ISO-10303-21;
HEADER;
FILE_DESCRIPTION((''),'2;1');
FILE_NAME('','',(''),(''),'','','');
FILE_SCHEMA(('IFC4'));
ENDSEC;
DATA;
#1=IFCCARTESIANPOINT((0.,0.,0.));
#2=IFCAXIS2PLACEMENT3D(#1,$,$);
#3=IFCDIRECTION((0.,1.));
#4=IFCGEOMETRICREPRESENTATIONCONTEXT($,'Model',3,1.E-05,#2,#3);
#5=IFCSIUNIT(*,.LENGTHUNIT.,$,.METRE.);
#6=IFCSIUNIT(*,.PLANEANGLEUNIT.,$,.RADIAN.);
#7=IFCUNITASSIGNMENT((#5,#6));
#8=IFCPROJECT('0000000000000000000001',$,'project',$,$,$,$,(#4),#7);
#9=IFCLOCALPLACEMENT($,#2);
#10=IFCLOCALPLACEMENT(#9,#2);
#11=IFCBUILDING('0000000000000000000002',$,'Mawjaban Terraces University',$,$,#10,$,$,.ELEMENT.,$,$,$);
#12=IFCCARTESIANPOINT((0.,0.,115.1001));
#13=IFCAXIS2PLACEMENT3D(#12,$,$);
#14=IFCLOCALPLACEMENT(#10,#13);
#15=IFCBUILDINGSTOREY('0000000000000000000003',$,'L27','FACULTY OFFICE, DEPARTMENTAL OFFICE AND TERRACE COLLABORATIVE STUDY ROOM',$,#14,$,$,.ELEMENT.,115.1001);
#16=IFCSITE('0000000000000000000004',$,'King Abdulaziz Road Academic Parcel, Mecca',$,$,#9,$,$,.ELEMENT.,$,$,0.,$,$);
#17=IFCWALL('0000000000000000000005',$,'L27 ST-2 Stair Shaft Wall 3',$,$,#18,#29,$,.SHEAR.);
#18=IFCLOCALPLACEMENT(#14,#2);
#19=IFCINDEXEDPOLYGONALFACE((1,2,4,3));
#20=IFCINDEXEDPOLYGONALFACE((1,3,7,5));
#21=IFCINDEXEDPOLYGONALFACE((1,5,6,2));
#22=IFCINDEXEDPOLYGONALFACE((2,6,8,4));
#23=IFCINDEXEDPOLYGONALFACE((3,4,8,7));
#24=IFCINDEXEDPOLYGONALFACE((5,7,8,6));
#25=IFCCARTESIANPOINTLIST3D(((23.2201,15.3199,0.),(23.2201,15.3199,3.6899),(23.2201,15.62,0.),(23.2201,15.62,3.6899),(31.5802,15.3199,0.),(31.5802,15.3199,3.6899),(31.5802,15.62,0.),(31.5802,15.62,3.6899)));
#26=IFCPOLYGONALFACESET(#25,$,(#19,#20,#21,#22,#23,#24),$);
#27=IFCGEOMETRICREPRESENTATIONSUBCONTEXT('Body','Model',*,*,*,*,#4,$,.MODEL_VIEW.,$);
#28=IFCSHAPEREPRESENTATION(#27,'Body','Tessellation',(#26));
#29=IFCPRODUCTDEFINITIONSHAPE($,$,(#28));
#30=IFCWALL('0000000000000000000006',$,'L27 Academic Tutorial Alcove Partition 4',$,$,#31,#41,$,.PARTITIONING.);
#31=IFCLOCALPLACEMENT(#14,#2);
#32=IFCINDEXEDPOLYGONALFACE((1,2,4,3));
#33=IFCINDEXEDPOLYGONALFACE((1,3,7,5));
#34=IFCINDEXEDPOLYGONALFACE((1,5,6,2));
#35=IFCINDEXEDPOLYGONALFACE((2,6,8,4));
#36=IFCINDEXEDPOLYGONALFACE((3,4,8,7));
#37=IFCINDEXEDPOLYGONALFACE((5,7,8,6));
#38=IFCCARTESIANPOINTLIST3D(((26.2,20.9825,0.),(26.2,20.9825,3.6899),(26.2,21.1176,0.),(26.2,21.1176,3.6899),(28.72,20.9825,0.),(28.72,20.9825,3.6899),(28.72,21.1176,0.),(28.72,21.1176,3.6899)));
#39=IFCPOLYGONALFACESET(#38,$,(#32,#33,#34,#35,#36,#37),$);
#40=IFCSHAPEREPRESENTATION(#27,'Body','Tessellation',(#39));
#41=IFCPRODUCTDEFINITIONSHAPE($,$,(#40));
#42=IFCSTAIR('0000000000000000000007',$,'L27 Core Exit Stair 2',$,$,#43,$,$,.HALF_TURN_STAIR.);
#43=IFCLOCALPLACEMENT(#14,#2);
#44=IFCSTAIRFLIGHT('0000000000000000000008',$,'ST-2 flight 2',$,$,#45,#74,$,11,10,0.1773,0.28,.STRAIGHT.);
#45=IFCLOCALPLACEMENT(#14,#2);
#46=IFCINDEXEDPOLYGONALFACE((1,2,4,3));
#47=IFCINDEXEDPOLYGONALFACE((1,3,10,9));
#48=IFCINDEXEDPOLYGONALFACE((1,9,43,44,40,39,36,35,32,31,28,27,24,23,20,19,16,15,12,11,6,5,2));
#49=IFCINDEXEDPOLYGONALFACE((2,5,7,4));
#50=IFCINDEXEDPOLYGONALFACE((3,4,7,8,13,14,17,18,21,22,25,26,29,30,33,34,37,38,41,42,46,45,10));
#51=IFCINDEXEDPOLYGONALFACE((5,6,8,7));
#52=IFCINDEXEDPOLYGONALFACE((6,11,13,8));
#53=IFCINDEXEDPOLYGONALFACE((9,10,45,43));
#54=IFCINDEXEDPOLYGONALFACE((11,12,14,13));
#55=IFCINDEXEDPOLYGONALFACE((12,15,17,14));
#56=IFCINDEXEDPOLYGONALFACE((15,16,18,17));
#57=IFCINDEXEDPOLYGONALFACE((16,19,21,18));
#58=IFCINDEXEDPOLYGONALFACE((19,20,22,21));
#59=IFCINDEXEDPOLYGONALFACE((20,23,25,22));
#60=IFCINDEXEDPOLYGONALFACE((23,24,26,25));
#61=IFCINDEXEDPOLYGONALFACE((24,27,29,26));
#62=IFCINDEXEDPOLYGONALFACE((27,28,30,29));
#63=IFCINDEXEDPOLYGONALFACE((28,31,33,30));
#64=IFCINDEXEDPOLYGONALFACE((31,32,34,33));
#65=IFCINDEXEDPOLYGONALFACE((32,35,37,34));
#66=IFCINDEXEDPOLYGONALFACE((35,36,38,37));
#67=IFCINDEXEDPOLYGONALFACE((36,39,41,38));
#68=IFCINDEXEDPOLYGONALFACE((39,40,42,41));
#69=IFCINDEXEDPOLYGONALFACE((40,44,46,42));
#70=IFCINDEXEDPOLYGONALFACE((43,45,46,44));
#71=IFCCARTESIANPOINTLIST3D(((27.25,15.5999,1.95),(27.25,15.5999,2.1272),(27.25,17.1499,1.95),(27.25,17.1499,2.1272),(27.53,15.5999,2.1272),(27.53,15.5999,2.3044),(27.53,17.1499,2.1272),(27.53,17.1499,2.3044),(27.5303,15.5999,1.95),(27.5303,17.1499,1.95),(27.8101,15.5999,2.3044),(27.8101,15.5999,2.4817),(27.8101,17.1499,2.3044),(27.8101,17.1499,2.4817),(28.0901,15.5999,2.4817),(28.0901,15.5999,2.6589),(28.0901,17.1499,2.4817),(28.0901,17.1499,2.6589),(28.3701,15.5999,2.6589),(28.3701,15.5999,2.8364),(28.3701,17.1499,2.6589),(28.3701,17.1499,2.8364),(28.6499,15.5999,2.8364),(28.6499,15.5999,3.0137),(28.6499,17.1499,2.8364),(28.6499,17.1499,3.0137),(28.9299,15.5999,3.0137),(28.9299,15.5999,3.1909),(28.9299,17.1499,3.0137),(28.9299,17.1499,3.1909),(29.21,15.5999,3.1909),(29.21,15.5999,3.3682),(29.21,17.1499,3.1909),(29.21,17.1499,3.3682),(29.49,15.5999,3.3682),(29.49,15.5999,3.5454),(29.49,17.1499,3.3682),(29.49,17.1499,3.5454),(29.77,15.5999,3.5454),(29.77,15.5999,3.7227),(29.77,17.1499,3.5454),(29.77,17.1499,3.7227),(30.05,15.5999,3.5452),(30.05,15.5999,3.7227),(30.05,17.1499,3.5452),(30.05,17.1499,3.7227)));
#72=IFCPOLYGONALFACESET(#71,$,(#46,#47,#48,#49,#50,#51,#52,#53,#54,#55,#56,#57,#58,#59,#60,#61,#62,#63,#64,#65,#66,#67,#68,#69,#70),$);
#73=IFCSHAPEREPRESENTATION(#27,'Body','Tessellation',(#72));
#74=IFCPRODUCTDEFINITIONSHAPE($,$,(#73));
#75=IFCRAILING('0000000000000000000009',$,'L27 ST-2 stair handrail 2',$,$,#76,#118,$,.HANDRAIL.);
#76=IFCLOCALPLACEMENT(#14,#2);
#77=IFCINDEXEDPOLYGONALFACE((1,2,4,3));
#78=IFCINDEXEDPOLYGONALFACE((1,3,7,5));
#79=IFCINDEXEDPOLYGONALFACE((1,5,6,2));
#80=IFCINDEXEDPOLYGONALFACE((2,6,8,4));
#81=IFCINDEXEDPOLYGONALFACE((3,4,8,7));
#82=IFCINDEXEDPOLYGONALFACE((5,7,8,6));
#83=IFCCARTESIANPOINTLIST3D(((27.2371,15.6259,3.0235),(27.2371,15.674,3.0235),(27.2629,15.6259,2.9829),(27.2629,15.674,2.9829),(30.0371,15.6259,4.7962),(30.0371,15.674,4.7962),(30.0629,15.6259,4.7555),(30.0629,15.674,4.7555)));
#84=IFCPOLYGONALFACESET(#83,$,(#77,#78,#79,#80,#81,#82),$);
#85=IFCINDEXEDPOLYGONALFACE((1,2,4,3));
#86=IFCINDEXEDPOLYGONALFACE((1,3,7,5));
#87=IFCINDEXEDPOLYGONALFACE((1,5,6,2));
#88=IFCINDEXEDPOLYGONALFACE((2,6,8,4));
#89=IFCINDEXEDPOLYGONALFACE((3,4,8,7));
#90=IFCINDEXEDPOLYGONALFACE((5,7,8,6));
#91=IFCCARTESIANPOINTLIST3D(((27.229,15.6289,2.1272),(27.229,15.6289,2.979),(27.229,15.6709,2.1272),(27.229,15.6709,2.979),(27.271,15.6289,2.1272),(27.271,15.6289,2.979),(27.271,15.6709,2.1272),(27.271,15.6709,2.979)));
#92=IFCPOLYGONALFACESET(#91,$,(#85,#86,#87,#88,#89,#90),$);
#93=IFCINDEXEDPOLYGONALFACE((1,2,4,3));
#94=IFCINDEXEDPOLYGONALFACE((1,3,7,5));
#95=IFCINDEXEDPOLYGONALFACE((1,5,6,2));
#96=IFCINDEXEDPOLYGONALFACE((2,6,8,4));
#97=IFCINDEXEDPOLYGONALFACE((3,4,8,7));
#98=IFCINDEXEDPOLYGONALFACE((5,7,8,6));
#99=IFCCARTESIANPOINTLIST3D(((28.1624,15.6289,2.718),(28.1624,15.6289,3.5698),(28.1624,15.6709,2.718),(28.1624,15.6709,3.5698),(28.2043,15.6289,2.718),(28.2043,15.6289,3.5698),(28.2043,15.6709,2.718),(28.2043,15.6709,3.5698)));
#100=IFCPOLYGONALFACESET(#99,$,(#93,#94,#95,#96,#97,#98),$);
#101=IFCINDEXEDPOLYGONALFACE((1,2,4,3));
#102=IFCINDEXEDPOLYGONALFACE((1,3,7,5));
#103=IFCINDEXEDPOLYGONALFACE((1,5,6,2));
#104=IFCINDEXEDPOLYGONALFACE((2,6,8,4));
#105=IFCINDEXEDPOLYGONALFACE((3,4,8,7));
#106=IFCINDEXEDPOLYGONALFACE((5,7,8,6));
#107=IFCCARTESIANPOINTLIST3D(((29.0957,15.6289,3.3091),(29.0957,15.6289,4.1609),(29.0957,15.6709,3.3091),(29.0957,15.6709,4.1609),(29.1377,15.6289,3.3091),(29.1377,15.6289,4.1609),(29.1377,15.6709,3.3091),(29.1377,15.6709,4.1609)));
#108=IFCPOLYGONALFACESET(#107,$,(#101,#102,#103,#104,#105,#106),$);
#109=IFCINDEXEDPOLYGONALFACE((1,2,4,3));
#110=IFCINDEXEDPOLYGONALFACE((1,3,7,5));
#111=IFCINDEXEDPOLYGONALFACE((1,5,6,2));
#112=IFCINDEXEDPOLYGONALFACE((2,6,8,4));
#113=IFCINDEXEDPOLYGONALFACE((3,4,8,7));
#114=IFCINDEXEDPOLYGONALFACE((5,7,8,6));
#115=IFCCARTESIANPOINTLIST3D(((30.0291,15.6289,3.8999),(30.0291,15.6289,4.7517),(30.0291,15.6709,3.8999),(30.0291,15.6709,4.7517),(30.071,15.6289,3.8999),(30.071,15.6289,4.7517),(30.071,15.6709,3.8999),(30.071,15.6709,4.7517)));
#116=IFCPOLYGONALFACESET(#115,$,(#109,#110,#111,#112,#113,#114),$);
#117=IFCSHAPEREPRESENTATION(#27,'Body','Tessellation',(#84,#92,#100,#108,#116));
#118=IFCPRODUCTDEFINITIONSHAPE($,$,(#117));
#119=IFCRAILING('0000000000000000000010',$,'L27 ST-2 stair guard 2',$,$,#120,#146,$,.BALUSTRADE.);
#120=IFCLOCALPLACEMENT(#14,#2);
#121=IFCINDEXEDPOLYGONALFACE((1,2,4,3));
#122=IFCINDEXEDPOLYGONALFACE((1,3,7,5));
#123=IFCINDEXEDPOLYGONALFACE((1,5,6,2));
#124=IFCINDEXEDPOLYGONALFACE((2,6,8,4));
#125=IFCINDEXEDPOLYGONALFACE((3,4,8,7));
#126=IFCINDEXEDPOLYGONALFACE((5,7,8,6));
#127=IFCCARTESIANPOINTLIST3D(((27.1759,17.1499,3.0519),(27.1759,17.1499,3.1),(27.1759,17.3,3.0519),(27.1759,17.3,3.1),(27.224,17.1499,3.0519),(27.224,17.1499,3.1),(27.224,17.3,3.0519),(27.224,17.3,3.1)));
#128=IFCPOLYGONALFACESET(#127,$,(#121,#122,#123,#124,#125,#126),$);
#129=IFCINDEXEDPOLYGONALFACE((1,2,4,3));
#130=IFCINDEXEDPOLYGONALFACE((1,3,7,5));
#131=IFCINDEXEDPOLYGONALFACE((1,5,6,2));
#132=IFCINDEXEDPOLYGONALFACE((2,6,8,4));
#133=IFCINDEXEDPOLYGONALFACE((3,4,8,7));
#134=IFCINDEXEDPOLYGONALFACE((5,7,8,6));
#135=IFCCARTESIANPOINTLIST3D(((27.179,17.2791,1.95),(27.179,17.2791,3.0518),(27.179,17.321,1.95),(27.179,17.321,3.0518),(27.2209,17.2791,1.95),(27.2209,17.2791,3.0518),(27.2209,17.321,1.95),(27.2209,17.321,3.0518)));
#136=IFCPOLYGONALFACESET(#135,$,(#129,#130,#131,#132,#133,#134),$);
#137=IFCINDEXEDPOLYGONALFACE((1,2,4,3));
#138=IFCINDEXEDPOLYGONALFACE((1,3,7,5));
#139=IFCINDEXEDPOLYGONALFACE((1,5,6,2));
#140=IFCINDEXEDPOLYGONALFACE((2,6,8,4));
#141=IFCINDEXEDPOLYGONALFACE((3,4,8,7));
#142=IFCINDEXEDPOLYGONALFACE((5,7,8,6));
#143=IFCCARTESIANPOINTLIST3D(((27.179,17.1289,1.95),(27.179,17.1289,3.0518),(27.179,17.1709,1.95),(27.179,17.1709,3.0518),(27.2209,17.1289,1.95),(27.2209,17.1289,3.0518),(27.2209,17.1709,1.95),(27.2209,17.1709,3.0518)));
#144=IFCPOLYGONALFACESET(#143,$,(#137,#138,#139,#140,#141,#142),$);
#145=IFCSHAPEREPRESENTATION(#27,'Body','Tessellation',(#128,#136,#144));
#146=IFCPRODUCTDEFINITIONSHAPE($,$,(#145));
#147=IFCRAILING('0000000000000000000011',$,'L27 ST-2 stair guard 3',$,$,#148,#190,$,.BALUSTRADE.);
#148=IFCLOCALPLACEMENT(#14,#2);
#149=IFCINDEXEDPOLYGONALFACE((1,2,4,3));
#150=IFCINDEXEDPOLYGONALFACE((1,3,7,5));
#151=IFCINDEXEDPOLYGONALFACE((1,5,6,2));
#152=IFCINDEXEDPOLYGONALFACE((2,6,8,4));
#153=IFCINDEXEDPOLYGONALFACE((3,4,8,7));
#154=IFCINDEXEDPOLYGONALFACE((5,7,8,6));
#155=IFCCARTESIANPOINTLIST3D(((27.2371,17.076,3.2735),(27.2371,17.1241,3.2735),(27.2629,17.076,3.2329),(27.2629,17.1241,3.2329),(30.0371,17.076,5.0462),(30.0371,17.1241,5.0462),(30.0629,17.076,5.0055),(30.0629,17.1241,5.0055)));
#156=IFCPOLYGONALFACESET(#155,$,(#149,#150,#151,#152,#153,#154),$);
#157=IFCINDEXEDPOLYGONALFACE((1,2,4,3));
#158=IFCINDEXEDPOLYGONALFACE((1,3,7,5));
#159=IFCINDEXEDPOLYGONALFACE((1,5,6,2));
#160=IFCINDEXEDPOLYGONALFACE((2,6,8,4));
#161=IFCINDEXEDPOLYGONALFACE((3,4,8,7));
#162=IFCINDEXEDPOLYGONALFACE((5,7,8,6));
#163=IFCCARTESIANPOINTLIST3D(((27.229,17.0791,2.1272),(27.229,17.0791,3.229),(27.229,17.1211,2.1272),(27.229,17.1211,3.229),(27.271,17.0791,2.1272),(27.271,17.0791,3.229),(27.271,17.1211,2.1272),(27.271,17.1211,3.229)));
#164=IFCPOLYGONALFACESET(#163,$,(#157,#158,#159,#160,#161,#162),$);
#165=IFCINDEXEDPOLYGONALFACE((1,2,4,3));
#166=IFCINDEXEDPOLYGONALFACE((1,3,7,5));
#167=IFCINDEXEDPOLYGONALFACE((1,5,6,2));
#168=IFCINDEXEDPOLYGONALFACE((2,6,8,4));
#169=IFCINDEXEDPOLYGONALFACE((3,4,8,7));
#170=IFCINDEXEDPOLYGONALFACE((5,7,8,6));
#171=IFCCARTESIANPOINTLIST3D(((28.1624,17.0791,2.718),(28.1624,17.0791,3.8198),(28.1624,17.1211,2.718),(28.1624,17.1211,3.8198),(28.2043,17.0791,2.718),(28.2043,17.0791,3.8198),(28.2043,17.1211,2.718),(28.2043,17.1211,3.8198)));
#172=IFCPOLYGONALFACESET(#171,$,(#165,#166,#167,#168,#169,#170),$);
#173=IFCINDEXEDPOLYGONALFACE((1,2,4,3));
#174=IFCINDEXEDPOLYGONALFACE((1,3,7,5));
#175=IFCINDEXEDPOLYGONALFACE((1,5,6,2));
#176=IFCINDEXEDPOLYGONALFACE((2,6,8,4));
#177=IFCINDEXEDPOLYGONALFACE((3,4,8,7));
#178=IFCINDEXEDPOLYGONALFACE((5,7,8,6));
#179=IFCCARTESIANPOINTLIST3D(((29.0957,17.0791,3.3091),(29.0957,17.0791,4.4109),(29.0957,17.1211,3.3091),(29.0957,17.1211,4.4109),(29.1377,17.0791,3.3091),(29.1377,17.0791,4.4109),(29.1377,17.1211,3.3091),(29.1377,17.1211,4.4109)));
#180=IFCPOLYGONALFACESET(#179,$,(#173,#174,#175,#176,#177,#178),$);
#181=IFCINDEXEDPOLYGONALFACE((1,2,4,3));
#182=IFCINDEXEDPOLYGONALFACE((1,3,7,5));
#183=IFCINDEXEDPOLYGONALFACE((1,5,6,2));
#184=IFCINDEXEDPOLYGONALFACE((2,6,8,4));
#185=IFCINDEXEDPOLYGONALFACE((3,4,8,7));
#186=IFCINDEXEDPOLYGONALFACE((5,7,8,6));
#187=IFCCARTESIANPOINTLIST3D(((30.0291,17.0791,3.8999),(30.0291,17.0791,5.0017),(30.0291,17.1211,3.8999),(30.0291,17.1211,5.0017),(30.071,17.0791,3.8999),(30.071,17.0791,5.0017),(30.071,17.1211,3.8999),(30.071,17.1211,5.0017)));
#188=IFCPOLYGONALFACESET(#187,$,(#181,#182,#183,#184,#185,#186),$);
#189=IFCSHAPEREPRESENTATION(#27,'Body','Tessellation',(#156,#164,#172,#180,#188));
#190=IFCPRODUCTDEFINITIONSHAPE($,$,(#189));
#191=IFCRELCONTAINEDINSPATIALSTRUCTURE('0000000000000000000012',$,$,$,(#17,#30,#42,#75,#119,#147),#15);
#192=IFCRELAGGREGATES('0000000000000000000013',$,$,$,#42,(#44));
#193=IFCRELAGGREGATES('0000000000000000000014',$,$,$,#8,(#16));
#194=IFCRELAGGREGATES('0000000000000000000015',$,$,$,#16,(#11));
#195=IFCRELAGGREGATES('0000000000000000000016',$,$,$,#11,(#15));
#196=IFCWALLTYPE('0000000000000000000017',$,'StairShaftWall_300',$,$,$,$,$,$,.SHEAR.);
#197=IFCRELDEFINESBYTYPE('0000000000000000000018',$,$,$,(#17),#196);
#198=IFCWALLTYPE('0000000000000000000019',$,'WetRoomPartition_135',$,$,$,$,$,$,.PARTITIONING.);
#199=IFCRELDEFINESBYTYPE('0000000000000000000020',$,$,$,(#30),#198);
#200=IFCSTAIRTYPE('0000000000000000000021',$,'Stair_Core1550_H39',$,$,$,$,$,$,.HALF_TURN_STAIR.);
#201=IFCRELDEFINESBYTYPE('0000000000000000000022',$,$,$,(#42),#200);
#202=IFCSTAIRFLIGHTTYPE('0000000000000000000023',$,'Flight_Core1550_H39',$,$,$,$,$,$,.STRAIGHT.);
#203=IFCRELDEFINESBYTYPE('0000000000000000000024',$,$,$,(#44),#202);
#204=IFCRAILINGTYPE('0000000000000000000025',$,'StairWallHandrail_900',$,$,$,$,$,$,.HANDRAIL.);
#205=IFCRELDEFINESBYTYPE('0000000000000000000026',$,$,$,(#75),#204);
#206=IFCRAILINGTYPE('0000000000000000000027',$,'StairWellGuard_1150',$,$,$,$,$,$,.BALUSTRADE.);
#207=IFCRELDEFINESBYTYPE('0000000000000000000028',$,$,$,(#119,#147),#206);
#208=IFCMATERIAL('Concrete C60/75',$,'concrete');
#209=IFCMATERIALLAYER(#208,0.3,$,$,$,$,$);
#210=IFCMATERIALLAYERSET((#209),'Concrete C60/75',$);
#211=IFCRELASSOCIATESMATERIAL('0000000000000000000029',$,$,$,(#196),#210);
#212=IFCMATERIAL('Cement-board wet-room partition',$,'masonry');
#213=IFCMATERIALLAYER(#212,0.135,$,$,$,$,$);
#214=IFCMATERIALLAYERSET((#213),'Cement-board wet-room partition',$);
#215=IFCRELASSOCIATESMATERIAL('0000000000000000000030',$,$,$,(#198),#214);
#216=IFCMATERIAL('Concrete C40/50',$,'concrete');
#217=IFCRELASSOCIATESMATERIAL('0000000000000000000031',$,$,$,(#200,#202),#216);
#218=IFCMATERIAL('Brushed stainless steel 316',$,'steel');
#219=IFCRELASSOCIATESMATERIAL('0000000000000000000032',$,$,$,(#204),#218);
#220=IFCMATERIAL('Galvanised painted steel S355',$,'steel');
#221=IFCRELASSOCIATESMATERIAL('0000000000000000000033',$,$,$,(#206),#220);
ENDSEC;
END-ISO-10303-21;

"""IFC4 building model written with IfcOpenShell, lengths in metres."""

from ifc_helpers import new_model, si_unit, direction, frame, frame_2d, origin, origin_2d, place, context, subcontext, project, spatial, polyline, rectangle, outline, extrude, material, layer, layer_set, type_object, element, aggregate, save


model = new_model("IFC4")

# Units and contexts
model_context = context("Model", 3, precision=1e-05, world=origin(), true_north=direction((0.0, 1.0)))
body_context = subcontext(model_context, "Body", "Model", "MODEL_VIEW")
ifc_project = project(units=[si_unit("LENGTHUNIT", "METRE"), si_unit("PLANEANGLEUNIT", "RADIAN")], contexts=[model_context])

# Site, building, storey
site_placement = place(None, origin())
site = spatial("IfcSite", under=ifc_project, at=site_placement, Name="King Abdulaziz Road Academic Parcel, Mecca", CompositionType="ELEMENT", RefElevation=0.0)
building_placement = place(site_placement, origin())
building = spatial("IfcBuilding", under=site, at=building_placement, Name="Mawjaban Terraces University", CompositionType="ELEMENT")
storey_placement = place(building_placement, frame((0.0, 0.0, 115.1001)))
storey = spatial("IfcBuildingStorey", under=building, at=storey_placement, Name="L27", Description="FACULTY OFFICE, DEPARTMENTAL OFFICE AND TERRACE COLLABORATIVE STUDY ROOM", CompositionType="ELEMENT", Elevation=115.1001)

# Shared definitions
ifc_material_1 = material(Name="Concrete C60/75", Category="concrete")

# Walls
ifc_material_2 = material(Name="Concrete C40/50", Category="concrete")
ifc_layer_1 = layer(ifc_material_1, 0.3)
ifc_layer_set_1 = layer_set([ifc_layer_1], Name="Concrete C60/75")
wall_type_1 = type_object("IfcWallType", Name="StairShaftWall_300", PredefinedType="SHEAR", material=ifc_layer_set_1)
wall_1_placement = place(storey_placement, frame((23.22, 15.47, 0.0), z_axis=(0.0, 0.0, 1.0), x_axis=(1.0, 0.0, 0.0)))
element("IfcWall", 1, at=wall_1_placement, inside=storey, type_object=wall_type_1, Name="L27 ST-2 Stair Shaft Wall 3", PredefinedType="SHEAR", context=body_context, shape_type="SweptSolid", body=[
    extrude(rectangle(XDim=8.3601, YDim=0.3, at=frame_2d((4.1802, 0.0))), origin(), (0.0, 0.0, 1.0), 3.6899),
])
ifc_material_3 = material(Name="Cement-board wet-room partition", Category="masonry")
ifc_layer_2 = layer(ifc_material_3, 0.135)
ifc_layer_set_2 = layer_set([ifc_layer_2], Name="Cement-board wet-room partition")
wall_type_2 = type_object("IfcWallType", Name="WetRoomPartition_135", PredefinedType="PARTITIONING", material=ifc_layer_set_2)
wall_2_placement = place(storey_placement, frame((26.2, 21.05, 0.0), z_axis=(0.0, 0.0, 1.0), x_axis=(1.0, 0.0, 0.0)))
element("IfcWall", 2, at=wall_2_placement, inside=storey, type_object=wall_type_2, Name="L27 Academic Tutorial Alcove Partition 4", PredefinedType="PARTITIONING", context=body_context, shape_type="SweptSolid", body=[
    extrude(rectangle(XDim=2.52, YDim=0.135, at=frame_2d((1.26, 0.0))), origin(), (0.0, 0.0, 1.0), 3.6899),
])

# Stair, stair flight
stair_type = type_object("IfcStairType", Name="Stair_Core1550_H39", PredefinedType="HALF_TURN_STAIR", material=ifc_material_2)
stair_placement = place(storey_placement, origin())
stair = element("IfcStair", 3, at=stair_placement, inside=storey, type_object=stair_type, Name="L27 Core Exit Stair 2", PredefinedType="HALF_TURN_STAIR")
stair_flight_type = type_object("IfcStairFlightType", Name="Flight_Core1550_H39", PredefinedType="STRAIGHT", material=ifc_material_2)
stair_flight_placement = place(storey_placement, frame((27.25, 16.375, 1.95), z_axis=(0.0, 0.0, 1.0), x_axis=(1.0, 0.0, 0.0)))
stair_flight = element("IfcStairFlight", 4, at=stair_flight_placement, type_object=stair_flight_type, Name="ST-2 flight 2", NumberOfRisers=11, NumberOfTreads=10, PredefinedType="STRAIGHT", RiserHeight=0.1773, TreadLength=0.28, context=body_context, shape_type="SweptSolid", body=[
    extrude(outline(polyline([(0.0, 0.0), (0.0, 0.1772), (0.28, 0.1772), (0.28, 0.3545), (0.5601, 0.3545), (0.5601, 0.5317), (0.8401, 0.5317), (0.8401, 0.709), (1.1201, 0.709), (1.1201, 0.8865), (1.3999, 0.8865), (1.3999, 1.0637), (1.6799, 1.0637), (1.6799, 1.241), (1.96, 1.241), (1.96, 1.4182), (2.24, 1.4182), (2.24, 1.5955), (2.52, 1.5955), (2.52, 1.7727), (2.8, 1.7727), (2.8, 1.95), (2.8, 1.5952), (0.2803, 0.0), (0.0, 0.0)])), frame((0.0, 0.7749, 0.0), z_axis=(0.0, -1.0, 0.0), x_axis=(1.0, 0.0, 0.0)), (0.0, 0.0, 1.0), 1.55),
])
aggregate(stair, [stair_flight])

# Railings
ifc_material_4 = material(Name="Brushed stainless steel 316", Category="steel")
railing_type_1 = type_object("IfcRailingType", Name="StairWallHandrail_900", PredefinedType="HANDRAIL", material=ifc_material_4)
railing_1_placement = place(storey_placement, frame((27.25, 15.6499, 2.1272)))
element("IfcRailing", 5, at=railing_1_placement, inside=storey, type_object=railing_type_1, Name="L27 ST-2 stair handrail 2", PredefinedType="HANDRAIL", context=body_context, shape_type="SweptSolid", body=[
    extrude(rectangle(XDim=0.0481, YDim=0.0481, at=origin_2d()), frame((0.0, 0.0, 0.876), z_axis=(0.844909, 0.0, 0.53491), x_axis=(0.0, 1.0, 0.0)), (0.0, 0.0, 1.0), 3.314),
    extrude(rectangle(XDim=0.042, YDim=0.042, at=origin_2d()), origin(), (0.0, 0.0, 1.0), 0.8518),
    extrude(rectangle(XDim=0.042, YDim=0.042, at=origin_2d()), frame((0.9333, 0.0, 0.5908)), (0.0, 0.0, 1.0), 0.8518),
    extrude(rectangle(XDim=0.042, YDim=0.042, at=origin_2d()), frame((1.8667, 0.0, 1.1819)), (0.0, 0.0, 1.0), 0.8518),
    extrude(rectangle(XDim=0.042, YDim=0.042, at=origin_2d()), frame((2.8, 0.0, 1.7727)), (0.0, 0.0, 1.0), 0.8518),
])
ifc_material_5 = material(Name="Galvanised painted steel S355", Category="steel")
railing_type_2 = type_object("IfcRailingType", Name="StairWellGuard_1150", PredefinedType="BALUSTRADE", material=ifc_material_5)
railing_2_placement = place(storey_placement, frame((27.2, 17.3, 1.95)))
element("IfcRailing", 6, at=railing_2_placement, inside=storey, type_object=railing_type_2, Name="L27 ST-2 stair guard 2", PredefinedType="BALUSTRADE", context=body_context, shape_type="SweptSolid", body=[
    extrude(rectangle(XDim=0.0481, YDim=0.0481, at=origin_2d()), frame((0.0, 0.0, 1.126), z_axis=(0.0, -1.0, 0.0), x_axis=(1.0, 0.0, 0.0)), (0.0, 0.0, 1.0), 0.1501),
    extrude(rectangle(XDim=0.042, YDim=0.042, at=origin_2d()), origin(), (0.0, 0.0, 1.0), 1.1018),
    extrude(rectangle(XDim=0.042, YDim=0.042, at=origin_2d()), frame((0.0, -0.1501, 0.0)), (0.0, 0.0, 1.0), 1.1018),
])
railing_3_placement = place(storey_placement, frame((27.25, 17.1001, 2.1272)))
element("IfcRailing", 7, at=railing_3_placement, inside=storey, type_object=railing_type_2, Name="L27 ST-2 stair guard 3", PredefinedType="BALUSTRADE", context=body_context, shape_type="SweptSolid", body=[
    extrude(rectangle(XDim=0.0481, YDim=0.0481, at=origin_2d()), frame((0.0, 0.0, 1.126), z_axis=(0.844909, 0.0, 0.53491), x_axis=(0.0, 1.0, 0.0)), (0.0, 0.0, 1.0), 3.314),
    extrude(rectangle(XDim=0.042, YDim=0.042, at=origin_2d()), origin(), (0.0, 0.0, 1.0), 1.1018),
    extrude(rectangle(XDim=0.042, YDim=0.042, at=origin_2d()), frame((0.9333, 0.0, 0.5908)), (0.0, 0.0, 1.0), 1.1018),
    extrude(rectangle(XDim=0.042, YDim=0.042, at=origin_2d()), frame((1.8667, 0.0, 1.1819)), (0.0, 0.0, 1.0), 1.1018),
    extrude(rectangle(XDim=0.042, YDim=0.042, at=origin_2d()), frame((2.8, 0.0, 1.7727)), (0.0, 0.0, 1.0), 1.1018),
])

save(model, "model.ifc")
